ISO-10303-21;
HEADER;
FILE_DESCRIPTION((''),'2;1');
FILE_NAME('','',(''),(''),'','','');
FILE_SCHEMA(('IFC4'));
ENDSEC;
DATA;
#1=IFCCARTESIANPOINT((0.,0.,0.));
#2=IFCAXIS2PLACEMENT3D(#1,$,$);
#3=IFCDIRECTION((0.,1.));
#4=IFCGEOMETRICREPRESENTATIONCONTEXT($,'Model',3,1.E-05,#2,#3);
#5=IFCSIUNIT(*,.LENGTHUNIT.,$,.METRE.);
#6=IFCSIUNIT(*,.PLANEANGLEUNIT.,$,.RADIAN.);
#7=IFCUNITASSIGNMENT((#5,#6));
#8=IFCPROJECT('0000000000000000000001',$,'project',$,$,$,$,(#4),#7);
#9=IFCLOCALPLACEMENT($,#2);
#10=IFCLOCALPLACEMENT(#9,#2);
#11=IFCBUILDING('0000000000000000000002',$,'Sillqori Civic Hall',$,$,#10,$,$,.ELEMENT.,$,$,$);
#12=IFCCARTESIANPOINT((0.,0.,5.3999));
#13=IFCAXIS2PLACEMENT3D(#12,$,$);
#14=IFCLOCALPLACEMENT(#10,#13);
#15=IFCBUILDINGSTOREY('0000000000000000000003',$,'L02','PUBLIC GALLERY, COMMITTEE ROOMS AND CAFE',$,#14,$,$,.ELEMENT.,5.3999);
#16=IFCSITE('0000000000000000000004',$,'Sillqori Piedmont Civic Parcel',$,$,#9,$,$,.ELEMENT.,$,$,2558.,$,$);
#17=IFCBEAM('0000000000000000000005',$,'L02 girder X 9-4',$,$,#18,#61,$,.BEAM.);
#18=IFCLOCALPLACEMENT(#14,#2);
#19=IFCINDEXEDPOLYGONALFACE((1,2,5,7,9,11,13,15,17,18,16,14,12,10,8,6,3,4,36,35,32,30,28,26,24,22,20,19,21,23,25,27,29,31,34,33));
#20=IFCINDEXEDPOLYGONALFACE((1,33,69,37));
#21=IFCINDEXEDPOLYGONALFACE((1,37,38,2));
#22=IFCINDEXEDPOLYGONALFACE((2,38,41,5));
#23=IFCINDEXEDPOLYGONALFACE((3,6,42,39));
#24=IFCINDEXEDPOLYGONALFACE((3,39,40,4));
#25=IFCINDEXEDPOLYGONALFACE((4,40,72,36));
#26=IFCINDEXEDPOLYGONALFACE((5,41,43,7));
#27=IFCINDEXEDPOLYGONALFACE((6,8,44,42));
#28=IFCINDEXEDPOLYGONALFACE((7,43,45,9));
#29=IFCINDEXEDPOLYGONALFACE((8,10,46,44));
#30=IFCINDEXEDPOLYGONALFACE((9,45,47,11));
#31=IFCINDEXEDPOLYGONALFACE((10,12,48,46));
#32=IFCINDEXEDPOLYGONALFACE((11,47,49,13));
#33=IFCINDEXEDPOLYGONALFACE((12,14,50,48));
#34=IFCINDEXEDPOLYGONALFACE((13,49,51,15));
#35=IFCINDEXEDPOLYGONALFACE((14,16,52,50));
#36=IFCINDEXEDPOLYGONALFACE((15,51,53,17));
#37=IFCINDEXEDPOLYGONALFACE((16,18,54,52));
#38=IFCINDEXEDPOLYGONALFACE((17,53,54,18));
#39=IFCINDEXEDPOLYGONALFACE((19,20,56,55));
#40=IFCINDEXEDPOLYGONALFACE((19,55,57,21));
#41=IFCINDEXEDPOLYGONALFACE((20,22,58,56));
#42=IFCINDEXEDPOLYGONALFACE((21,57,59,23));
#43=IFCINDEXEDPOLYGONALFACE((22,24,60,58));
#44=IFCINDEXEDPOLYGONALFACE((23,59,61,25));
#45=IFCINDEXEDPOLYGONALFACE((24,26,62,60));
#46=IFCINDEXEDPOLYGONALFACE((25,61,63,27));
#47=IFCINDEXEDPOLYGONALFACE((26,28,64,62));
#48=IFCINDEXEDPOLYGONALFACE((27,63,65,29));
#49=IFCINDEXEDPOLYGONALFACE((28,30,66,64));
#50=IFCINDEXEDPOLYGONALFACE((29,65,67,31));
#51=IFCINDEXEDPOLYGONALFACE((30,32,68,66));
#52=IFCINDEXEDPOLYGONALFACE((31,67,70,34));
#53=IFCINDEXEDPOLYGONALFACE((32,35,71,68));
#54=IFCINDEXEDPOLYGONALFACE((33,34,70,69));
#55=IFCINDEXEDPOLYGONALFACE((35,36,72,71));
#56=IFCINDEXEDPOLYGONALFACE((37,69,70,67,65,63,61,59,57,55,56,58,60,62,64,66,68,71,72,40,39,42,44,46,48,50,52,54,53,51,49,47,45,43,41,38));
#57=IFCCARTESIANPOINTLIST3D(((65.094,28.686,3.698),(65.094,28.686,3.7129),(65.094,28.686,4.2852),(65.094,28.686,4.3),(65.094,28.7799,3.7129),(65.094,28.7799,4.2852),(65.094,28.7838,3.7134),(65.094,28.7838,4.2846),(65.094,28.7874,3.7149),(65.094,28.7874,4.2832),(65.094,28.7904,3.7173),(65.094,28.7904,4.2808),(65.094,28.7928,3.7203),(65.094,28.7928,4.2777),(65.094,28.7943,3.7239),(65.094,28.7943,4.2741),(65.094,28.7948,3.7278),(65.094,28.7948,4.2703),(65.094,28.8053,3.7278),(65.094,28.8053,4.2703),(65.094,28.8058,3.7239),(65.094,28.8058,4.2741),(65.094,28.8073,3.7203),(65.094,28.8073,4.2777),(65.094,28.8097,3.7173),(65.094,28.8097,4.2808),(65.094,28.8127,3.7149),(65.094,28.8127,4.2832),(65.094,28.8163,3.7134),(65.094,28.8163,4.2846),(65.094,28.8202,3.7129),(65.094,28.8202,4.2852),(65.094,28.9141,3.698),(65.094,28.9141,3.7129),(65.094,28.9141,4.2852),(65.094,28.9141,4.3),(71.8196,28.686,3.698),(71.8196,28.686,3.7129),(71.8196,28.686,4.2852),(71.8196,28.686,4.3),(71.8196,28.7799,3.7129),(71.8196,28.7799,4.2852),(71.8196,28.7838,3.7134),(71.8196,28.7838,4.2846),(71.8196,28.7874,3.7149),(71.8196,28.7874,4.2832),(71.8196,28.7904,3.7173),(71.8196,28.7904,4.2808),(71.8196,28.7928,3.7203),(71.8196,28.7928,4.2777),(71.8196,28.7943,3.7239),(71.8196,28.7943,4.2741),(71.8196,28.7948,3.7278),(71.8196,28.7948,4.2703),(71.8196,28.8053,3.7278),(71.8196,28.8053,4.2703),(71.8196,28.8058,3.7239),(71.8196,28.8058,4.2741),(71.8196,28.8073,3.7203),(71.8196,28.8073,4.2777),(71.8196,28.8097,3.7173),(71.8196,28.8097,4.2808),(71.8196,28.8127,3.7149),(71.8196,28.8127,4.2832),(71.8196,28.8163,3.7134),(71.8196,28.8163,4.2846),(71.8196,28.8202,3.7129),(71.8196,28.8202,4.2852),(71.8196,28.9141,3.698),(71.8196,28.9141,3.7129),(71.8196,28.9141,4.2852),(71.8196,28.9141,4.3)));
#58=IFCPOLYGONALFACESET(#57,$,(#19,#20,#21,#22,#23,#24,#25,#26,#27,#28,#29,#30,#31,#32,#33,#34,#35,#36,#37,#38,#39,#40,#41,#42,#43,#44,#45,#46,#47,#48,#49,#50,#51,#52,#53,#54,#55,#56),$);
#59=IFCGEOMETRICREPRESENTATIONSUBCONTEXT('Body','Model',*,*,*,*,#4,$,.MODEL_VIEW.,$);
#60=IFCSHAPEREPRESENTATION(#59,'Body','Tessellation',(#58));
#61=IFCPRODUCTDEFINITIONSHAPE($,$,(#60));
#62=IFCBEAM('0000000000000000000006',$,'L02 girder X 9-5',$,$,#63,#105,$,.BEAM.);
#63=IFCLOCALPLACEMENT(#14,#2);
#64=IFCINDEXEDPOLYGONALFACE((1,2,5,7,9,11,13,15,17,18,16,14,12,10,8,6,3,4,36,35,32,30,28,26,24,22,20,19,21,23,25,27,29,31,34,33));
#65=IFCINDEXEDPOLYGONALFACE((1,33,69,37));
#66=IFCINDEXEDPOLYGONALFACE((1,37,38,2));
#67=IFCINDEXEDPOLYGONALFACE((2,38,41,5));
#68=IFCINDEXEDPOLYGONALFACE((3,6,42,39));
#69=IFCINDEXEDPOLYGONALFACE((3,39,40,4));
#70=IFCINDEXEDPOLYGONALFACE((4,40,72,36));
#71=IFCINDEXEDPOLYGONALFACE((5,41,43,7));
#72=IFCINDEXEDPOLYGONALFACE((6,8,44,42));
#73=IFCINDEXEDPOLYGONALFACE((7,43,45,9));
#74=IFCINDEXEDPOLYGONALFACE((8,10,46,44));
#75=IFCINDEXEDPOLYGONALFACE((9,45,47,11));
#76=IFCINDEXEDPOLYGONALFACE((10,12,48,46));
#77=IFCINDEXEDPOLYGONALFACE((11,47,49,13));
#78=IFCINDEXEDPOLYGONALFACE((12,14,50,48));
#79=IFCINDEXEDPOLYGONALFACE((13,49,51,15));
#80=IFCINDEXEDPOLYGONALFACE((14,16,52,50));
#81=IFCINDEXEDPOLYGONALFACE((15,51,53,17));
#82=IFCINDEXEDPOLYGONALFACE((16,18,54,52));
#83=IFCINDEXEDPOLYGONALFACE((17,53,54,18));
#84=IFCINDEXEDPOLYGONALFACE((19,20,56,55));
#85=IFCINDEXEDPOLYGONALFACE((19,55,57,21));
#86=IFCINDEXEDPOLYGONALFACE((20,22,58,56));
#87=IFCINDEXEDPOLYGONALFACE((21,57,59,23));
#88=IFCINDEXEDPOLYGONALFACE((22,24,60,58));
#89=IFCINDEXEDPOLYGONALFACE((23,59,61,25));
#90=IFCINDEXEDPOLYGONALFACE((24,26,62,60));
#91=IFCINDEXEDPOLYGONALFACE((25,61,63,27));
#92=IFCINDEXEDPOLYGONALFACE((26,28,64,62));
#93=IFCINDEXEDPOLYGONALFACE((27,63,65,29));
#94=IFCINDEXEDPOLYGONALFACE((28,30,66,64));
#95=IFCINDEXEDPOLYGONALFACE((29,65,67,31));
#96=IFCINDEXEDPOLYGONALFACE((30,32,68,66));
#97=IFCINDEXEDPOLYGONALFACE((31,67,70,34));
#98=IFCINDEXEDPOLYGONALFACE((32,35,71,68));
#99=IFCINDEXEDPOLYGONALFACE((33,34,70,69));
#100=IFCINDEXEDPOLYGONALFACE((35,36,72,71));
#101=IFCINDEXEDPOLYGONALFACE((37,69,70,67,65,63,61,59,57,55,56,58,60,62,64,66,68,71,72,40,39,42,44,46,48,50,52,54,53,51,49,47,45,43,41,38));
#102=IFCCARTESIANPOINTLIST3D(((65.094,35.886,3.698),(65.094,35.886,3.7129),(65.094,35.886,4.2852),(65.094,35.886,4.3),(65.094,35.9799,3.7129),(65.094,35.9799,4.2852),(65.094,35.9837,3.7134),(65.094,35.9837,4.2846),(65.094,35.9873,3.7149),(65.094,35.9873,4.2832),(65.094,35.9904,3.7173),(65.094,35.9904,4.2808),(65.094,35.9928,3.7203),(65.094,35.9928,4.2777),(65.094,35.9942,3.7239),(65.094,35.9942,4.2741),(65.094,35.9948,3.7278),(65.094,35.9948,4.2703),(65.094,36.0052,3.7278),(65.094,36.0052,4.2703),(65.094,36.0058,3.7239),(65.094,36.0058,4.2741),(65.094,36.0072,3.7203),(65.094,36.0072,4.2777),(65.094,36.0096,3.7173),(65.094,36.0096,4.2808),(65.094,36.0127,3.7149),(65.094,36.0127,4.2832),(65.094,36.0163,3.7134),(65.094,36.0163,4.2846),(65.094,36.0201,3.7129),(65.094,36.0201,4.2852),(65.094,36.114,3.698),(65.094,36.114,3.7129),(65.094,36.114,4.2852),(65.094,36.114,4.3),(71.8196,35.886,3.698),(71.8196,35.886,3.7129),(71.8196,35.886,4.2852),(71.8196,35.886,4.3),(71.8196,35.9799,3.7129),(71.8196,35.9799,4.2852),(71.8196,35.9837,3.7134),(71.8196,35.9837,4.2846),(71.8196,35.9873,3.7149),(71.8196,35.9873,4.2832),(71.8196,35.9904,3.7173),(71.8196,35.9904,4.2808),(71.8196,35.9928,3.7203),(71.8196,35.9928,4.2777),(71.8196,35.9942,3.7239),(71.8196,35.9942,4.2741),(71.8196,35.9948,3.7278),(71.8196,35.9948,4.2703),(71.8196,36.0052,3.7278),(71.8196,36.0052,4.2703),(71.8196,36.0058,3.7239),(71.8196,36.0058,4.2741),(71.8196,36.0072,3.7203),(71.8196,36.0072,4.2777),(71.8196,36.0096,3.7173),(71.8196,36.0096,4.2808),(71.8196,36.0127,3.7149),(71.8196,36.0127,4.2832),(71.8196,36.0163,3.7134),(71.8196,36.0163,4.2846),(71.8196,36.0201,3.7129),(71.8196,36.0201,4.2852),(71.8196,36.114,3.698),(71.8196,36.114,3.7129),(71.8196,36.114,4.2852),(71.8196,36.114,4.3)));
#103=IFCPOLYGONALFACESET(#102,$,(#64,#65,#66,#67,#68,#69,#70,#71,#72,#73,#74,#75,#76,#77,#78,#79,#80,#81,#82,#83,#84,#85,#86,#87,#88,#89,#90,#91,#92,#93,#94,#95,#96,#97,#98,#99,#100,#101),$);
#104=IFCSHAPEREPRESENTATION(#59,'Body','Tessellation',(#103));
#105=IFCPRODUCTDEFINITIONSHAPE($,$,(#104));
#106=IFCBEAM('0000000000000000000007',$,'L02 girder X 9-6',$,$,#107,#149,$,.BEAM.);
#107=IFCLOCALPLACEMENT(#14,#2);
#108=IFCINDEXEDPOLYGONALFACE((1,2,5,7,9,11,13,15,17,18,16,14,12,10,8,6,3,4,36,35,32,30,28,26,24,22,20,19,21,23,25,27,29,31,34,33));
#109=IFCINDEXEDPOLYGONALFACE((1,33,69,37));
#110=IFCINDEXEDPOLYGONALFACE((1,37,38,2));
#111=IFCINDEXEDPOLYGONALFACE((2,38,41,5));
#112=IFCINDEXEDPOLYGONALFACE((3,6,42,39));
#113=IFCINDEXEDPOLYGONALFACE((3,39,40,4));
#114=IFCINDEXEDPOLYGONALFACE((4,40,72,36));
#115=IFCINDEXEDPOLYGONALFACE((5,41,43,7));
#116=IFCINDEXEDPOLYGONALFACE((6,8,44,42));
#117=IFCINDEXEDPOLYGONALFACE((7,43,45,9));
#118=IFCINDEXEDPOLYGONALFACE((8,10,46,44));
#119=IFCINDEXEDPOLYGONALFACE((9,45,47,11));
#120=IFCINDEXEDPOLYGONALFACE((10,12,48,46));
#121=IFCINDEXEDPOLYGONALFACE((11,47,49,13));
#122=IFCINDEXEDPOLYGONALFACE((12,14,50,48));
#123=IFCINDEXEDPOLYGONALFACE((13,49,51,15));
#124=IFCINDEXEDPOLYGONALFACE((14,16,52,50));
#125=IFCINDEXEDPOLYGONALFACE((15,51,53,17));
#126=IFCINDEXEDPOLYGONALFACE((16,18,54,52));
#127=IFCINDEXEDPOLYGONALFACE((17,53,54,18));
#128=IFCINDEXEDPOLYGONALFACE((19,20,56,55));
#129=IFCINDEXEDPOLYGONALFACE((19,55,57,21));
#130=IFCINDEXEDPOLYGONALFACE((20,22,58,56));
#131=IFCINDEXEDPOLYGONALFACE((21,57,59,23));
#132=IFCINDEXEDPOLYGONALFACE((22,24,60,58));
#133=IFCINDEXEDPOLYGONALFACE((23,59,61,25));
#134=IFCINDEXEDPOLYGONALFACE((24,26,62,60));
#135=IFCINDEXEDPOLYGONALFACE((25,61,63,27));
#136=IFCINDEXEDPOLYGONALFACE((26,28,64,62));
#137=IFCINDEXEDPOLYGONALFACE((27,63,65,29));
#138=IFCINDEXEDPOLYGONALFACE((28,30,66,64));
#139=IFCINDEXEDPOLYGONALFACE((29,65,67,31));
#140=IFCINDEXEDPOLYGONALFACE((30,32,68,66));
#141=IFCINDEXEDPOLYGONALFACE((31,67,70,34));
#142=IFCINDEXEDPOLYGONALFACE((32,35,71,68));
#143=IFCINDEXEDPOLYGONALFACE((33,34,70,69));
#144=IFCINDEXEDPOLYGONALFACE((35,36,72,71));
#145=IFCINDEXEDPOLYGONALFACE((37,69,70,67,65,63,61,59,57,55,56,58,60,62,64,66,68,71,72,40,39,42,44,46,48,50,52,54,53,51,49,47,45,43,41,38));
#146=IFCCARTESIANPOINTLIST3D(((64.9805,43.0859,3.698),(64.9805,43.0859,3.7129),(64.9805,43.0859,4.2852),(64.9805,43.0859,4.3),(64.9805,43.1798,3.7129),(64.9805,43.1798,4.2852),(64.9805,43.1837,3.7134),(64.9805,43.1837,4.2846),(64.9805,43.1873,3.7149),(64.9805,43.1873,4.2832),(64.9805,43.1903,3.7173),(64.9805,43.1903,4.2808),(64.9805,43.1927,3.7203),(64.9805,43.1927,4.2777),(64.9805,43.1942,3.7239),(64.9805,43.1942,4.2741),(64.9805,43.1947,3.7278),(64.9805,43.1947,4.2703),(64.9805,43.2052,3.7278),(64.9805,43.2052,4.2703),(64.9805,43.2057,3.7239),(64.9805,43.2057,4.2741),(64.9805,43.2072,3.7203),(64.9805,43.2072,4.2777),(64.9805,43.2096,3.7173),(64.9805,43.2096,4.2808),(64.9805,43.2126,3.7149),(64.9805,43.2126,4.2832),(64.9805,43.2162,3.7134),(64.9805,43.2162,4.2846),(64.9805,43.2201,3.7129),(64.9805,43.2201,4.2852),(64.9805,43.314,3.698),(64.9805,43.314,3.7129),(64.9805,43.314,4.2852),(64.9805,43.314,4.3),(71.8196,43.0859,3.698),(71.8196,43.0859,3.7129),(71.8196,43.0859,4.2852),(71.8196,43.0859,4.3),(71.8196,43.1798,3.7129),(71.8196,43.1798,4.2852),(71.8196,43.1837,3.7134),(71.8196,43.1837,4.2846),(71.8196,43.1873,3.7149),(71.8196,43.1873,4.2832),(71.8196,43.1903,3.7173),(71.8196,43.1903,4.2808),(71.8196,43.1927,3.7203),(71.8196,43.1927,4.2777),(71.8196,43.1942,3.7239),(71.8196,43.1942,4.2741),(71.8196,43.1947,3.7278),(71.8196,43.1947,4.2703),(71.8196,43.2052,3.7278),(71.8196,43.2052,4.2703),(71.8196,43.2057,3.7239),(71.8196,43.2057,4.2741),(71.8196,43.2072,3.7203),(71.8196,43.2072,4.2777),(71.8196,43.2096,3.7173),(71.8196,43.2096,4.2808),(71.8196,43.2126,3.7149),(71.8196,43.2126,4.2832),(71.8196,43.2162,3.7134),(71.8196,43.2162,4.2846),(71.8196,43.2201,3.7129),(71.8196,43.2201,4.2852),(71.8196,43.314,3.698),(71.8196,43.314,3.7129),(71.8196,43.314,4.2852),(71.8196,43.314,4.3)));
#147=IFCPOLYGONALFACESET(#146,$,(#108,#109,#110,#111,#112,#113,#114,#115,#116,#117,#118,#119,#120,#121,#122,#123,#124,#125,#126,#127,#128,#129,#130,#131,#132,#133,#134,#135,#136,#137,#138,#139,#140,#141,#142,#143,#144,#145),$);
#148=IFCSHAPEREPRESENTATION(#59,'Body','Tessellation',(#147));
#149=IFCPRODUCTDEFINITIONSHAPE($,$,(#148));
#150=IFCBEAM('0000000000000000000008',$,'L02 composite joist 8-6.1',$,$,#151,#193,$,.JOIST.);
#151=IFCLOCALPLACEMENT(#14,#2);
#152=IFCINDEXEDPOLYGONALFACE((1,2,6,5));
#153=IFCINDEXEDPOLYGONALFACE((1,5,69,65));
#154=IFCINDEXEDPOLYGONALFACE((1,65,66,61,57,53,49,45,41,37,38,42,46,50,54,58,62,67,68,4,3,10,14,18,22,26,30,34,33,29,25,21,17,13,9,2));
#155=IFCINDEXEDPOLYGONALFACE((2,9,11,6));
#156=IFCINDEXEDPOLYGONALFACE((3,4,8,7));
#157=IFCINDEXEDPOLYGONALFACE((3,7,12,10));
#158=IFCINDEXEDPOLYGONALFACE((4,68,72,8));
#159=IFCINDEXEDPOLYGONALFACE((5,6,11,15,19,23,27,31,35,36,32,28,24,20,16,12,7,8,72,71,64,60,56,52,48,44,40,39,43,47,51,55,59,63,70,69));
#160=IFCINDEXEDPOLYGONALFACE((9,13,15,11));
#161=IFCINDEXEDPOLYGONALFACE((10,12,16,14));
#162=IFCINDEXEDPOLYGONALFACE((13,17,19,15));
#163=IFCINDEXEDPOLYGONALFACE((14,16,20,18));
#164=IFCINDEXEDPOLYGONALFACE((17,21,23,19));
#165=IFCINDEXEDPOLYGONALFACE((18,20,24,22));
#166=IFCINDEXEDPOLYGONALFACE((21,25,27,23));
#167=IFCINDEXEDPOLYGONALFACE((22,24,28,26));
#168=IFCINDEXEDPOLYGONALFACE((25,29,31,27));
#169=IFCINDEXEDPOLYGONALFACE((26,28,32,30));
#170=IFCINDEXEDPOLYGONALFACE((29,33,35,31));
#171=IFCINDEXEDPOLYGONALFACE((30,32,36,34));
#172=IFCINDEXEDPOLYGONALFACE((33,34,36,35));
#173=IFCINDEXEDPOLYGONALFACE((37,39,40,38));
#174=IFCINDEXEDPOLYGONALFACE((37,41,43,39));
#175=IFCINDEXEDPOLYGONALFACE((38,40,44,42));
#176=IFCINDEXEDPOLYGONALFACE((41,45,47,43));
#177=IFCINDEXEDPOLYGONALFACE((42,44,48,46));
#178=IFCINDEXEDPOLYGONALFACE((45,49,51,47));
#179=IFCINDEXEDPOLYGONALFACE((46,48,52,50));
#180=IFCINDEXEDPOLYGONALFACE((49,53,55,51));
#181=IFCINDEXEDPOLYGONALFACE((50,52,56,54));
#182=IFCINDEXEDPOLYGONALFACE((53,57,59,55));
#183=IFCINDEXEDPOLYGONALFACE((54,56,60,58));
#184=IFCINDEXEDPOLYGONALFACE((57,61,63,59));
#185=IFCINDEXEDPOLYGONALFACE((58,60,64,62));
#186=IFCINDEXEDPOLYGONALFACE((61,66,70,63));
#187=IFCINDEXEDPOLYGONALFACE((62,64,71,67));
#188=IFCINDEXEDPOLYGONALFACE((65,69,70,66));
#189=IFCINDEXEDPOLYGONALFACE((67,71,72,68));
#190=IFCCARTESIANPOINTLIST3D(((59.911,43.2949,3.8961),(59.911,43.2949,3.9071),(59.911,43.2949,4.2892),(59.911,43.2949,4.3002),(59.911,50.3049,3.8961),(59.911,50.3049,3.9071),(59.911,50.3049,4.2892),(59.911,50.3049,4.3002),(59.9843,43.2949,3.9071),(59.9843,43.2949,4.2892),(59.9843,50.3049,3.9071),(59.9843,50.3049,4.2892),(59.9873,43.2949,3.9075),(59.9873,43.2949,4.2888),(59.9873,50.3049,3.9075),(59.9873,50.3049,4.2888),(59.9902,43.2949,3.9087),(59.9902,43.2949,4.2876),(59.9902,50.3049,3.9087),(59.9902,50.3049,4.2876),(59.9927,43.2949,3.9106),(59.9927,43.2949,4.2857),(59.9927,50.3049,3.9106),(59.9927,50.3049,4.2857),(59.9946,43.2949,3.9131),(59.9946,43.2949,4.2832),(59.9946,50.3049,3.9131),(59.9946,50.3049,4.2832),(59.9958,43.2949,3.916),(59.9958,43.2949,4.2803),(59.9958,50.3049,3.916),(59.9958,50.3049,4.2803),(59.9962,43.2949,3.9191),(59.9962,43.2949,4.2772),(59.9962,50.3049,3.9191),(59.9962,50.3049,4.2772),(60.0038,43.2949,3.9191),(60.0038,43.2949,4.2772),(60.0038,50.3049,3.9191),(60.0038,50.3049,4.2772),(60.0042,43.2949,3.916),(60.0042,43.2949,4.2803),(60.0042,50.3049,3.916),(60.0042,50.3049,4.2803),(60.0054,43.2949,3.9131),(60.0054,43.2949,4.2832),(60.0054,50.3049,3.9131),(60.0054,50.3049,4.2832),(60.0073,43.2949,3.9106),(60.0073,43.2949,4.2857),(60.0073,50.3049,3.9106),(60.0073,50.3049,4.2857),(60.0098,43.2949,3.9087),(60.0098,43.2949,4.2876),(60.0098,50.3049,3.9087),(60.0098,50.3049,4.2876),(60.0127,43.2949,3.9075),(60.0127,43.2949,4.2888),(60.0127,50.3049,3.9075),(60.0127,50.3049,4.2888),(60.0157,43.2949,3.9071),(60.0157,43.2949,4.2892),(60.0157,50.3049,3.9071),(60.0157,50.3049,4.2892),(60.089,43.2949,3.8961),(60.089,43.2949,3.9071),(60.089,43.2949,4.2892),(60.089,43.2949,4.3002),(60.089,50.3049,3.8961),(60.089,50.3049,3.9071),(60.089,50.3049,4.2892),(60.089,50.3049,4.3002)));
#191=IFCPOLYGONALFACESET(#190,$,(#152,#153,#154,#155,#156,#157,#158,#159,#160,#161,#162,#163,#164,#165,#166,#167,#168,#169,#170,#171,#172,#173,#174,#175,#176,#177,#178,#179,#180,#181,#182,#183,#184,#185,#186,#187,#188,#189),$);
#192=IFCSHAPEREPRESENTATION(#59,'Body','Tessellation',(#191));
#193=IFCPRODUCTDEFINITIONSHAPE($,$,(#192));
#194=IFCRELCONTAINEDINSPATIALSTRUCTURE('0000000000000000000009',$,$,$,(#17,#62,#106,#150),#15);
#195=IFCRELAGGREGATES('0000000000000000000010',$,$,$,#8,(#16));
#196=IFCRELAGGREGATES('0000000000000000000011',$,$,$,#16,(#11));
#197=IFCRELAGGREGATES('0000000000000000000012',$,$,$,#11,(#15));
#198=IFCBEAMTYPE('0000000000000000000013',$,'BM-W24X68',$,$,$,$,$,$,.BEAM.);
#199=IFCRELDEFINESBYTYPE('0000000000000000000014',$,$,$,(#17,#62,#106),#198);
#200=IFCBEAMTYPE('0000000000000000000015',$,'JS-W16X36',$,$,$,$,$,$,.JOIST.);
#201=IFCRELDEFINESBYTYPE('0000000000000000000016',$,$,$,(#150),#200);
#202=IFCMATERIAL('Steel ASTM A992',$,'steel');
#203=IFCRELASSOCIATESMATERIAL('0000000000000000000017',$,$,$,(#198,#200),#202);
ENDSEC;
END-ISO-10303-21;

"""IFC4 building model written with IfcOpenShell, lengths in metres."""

from ifc_helpers import new_model, si_unit, direction, frame, origin, origin_2d, place, context, subcontext, project, spatial, i_section, extrude, material, material_profile, profile_set, type_object, element, save


model = new_model("IFC4")

# Units and contexts
model_context = context("Model", 3, precision=1e-05, world=origin(), true_north=direction((0.0, 1.0)))
body_context = subcontext(model_context, "Body", "Model", "MODEL_VIEW")
ifc_project = project(units=[si_unit("LENGTHUNIT", "METRE"), si_unit("PLANEANGLEUNIT", "RADIAN")], contexts=[model_context])

# Site, building, storey
site_placement = place(None, origin())
site = spatial("IfcSite", under=ifc_project, at=site_placement, Name="Sillqori Piedmont Civic Parcel", CompositionType="ELEMENT", RefElevation=2558.0)
building_placement = place(site_placement, origin())
building = spatial("IfcBuilding", under=site, at=building_placement, Name="Sillqori Civic Hall", CompositionType="ELEMENT")
storey_placement = place(building_placement, frame((0.0, 0.0, 5.3999)))
storey = spatial("IfcBuildingStorey", under=building, at=storey_placement, Name="L02", Description="PUBLIC GALLERY, COMMITTEE ROOMS AND CAFE", CompositionType="ELEMENT", Elevation=5.3999)

# Shared definitions
ifc_material_1 = material(Name="Steel ASTM A992", Category="steel")

# Beams
ifc_material_profile_1 = material_profile(ifc_material_1, i_section(OverallWidth=0.228, OverallDepth=0.6021, WebThickness=0.0105, FlangeThickness=0.0149, FilletRadius=0.0149, at=origin_2d()), Name="W24X68")
ifc_profile_set_1 = profile_set([ifc_material_profile_1], Name="Steel ASTM A992")
beam_type_1 = type_object("IfcBeamType", Name="BM-W24X68", PredefinedType="BEAM", material=ifc_profile_set_1)
for number, where, z_axis, x_axis, name in (
    (1, (65.094, 28.8, 3.999), (1.0, 0.0, 0.0), (0.0, 1.0, 0.0), "L02 girder X 9-4"),
    (2, (65.094, 36.0, 3.999), (1.0, 0.0, 0.0), (0.0, 1.0, 0.0), "L02 girder X 9-5"),
):
    element("IfcBeam", number, at=place(storey_placement, frame(where, z_axis=z_axis, x_axis=x_axis)), inside=storey, type_object=beam_type_1, Name=name, PredefinedType="BEAM", context=body_context, shape_type="SweptSolid", body=[
        extrude(i_section(OverallWidth=0.228, OverallDepth=0.6021, WebThickness=0.0105, FlangeThickness=0.0149, FilletRadius=0.0149, at=origin_2d()), origin(), (0.0, 0.0, 1.0), 6.7256),
    ])
beam_1_placement = place(storey_placement, frame((64.9805, 43.2, 3.999), z_axis=(1.0, 0.0, 0.0), x_axis=(0.0, 1.0, 0.0)))
element("IfcBeam", 3, at=beam_1_placement, inside=storey, type_object=beam_type_1, Name="L02 girder X 9-6", PredefinedType="BEAM", context=body_context, shape_type="SweptSolid", body=[
    extrude(i_section(OverallWidth=0.228, OverallDepth=0.6021, WebThickness=0.0105, FlangeThickness=0.0149, FilletRadius=0.0149, at=origin_2d()), origin(), (0.0, 0.0, 1.0), 6.8391),
])
ifc_material_profile_2 = material_profile(ifc_material_1, i_section(OverallWidth=0.178, OverallDepth=0.4041, WebThickness=0.0076, FlangeThickness=0.011, FilletRadius=0.012, at=origin_2d()), Name="W16X36")
ifc_profile_set_2 = profile_set([ifc_material_profile_2], Name="Steel ASTM A992")
beam_type_2 = type_object("IfcBeamType", Name="JS-W16X36", PredefinedType="JOIST", material=ifc_profile_set_2)
for number, where, z_axis, x_axis, name in (
    (4, (60.0, 43.2949, 4.0981), (0.0, 1.0, 0.0), (-1.0, 0.0, 0.0), "L02 composite joist 8-6.1"),
):
    element("IfcBeam", number, at=place(storey_placement, frame(where, z_axis=z_axis, x_axis=x_axis)), inside=storey, type_object=beam_type_2, Name=name, PredefinedType="JOIST", context=body_context, shape_type="SweptSolid", body=[
        extrude(i_section(OverallWidth=0.178, OverallDepth=0.4041, WebThickness=0.0076, FlangeThickness=0.011, FilletRadius=0.012, at=origin_2d()), origin(), (0.0, 0.0, 1.0), 7.01),
    ])

save(model, "model.ifc")
